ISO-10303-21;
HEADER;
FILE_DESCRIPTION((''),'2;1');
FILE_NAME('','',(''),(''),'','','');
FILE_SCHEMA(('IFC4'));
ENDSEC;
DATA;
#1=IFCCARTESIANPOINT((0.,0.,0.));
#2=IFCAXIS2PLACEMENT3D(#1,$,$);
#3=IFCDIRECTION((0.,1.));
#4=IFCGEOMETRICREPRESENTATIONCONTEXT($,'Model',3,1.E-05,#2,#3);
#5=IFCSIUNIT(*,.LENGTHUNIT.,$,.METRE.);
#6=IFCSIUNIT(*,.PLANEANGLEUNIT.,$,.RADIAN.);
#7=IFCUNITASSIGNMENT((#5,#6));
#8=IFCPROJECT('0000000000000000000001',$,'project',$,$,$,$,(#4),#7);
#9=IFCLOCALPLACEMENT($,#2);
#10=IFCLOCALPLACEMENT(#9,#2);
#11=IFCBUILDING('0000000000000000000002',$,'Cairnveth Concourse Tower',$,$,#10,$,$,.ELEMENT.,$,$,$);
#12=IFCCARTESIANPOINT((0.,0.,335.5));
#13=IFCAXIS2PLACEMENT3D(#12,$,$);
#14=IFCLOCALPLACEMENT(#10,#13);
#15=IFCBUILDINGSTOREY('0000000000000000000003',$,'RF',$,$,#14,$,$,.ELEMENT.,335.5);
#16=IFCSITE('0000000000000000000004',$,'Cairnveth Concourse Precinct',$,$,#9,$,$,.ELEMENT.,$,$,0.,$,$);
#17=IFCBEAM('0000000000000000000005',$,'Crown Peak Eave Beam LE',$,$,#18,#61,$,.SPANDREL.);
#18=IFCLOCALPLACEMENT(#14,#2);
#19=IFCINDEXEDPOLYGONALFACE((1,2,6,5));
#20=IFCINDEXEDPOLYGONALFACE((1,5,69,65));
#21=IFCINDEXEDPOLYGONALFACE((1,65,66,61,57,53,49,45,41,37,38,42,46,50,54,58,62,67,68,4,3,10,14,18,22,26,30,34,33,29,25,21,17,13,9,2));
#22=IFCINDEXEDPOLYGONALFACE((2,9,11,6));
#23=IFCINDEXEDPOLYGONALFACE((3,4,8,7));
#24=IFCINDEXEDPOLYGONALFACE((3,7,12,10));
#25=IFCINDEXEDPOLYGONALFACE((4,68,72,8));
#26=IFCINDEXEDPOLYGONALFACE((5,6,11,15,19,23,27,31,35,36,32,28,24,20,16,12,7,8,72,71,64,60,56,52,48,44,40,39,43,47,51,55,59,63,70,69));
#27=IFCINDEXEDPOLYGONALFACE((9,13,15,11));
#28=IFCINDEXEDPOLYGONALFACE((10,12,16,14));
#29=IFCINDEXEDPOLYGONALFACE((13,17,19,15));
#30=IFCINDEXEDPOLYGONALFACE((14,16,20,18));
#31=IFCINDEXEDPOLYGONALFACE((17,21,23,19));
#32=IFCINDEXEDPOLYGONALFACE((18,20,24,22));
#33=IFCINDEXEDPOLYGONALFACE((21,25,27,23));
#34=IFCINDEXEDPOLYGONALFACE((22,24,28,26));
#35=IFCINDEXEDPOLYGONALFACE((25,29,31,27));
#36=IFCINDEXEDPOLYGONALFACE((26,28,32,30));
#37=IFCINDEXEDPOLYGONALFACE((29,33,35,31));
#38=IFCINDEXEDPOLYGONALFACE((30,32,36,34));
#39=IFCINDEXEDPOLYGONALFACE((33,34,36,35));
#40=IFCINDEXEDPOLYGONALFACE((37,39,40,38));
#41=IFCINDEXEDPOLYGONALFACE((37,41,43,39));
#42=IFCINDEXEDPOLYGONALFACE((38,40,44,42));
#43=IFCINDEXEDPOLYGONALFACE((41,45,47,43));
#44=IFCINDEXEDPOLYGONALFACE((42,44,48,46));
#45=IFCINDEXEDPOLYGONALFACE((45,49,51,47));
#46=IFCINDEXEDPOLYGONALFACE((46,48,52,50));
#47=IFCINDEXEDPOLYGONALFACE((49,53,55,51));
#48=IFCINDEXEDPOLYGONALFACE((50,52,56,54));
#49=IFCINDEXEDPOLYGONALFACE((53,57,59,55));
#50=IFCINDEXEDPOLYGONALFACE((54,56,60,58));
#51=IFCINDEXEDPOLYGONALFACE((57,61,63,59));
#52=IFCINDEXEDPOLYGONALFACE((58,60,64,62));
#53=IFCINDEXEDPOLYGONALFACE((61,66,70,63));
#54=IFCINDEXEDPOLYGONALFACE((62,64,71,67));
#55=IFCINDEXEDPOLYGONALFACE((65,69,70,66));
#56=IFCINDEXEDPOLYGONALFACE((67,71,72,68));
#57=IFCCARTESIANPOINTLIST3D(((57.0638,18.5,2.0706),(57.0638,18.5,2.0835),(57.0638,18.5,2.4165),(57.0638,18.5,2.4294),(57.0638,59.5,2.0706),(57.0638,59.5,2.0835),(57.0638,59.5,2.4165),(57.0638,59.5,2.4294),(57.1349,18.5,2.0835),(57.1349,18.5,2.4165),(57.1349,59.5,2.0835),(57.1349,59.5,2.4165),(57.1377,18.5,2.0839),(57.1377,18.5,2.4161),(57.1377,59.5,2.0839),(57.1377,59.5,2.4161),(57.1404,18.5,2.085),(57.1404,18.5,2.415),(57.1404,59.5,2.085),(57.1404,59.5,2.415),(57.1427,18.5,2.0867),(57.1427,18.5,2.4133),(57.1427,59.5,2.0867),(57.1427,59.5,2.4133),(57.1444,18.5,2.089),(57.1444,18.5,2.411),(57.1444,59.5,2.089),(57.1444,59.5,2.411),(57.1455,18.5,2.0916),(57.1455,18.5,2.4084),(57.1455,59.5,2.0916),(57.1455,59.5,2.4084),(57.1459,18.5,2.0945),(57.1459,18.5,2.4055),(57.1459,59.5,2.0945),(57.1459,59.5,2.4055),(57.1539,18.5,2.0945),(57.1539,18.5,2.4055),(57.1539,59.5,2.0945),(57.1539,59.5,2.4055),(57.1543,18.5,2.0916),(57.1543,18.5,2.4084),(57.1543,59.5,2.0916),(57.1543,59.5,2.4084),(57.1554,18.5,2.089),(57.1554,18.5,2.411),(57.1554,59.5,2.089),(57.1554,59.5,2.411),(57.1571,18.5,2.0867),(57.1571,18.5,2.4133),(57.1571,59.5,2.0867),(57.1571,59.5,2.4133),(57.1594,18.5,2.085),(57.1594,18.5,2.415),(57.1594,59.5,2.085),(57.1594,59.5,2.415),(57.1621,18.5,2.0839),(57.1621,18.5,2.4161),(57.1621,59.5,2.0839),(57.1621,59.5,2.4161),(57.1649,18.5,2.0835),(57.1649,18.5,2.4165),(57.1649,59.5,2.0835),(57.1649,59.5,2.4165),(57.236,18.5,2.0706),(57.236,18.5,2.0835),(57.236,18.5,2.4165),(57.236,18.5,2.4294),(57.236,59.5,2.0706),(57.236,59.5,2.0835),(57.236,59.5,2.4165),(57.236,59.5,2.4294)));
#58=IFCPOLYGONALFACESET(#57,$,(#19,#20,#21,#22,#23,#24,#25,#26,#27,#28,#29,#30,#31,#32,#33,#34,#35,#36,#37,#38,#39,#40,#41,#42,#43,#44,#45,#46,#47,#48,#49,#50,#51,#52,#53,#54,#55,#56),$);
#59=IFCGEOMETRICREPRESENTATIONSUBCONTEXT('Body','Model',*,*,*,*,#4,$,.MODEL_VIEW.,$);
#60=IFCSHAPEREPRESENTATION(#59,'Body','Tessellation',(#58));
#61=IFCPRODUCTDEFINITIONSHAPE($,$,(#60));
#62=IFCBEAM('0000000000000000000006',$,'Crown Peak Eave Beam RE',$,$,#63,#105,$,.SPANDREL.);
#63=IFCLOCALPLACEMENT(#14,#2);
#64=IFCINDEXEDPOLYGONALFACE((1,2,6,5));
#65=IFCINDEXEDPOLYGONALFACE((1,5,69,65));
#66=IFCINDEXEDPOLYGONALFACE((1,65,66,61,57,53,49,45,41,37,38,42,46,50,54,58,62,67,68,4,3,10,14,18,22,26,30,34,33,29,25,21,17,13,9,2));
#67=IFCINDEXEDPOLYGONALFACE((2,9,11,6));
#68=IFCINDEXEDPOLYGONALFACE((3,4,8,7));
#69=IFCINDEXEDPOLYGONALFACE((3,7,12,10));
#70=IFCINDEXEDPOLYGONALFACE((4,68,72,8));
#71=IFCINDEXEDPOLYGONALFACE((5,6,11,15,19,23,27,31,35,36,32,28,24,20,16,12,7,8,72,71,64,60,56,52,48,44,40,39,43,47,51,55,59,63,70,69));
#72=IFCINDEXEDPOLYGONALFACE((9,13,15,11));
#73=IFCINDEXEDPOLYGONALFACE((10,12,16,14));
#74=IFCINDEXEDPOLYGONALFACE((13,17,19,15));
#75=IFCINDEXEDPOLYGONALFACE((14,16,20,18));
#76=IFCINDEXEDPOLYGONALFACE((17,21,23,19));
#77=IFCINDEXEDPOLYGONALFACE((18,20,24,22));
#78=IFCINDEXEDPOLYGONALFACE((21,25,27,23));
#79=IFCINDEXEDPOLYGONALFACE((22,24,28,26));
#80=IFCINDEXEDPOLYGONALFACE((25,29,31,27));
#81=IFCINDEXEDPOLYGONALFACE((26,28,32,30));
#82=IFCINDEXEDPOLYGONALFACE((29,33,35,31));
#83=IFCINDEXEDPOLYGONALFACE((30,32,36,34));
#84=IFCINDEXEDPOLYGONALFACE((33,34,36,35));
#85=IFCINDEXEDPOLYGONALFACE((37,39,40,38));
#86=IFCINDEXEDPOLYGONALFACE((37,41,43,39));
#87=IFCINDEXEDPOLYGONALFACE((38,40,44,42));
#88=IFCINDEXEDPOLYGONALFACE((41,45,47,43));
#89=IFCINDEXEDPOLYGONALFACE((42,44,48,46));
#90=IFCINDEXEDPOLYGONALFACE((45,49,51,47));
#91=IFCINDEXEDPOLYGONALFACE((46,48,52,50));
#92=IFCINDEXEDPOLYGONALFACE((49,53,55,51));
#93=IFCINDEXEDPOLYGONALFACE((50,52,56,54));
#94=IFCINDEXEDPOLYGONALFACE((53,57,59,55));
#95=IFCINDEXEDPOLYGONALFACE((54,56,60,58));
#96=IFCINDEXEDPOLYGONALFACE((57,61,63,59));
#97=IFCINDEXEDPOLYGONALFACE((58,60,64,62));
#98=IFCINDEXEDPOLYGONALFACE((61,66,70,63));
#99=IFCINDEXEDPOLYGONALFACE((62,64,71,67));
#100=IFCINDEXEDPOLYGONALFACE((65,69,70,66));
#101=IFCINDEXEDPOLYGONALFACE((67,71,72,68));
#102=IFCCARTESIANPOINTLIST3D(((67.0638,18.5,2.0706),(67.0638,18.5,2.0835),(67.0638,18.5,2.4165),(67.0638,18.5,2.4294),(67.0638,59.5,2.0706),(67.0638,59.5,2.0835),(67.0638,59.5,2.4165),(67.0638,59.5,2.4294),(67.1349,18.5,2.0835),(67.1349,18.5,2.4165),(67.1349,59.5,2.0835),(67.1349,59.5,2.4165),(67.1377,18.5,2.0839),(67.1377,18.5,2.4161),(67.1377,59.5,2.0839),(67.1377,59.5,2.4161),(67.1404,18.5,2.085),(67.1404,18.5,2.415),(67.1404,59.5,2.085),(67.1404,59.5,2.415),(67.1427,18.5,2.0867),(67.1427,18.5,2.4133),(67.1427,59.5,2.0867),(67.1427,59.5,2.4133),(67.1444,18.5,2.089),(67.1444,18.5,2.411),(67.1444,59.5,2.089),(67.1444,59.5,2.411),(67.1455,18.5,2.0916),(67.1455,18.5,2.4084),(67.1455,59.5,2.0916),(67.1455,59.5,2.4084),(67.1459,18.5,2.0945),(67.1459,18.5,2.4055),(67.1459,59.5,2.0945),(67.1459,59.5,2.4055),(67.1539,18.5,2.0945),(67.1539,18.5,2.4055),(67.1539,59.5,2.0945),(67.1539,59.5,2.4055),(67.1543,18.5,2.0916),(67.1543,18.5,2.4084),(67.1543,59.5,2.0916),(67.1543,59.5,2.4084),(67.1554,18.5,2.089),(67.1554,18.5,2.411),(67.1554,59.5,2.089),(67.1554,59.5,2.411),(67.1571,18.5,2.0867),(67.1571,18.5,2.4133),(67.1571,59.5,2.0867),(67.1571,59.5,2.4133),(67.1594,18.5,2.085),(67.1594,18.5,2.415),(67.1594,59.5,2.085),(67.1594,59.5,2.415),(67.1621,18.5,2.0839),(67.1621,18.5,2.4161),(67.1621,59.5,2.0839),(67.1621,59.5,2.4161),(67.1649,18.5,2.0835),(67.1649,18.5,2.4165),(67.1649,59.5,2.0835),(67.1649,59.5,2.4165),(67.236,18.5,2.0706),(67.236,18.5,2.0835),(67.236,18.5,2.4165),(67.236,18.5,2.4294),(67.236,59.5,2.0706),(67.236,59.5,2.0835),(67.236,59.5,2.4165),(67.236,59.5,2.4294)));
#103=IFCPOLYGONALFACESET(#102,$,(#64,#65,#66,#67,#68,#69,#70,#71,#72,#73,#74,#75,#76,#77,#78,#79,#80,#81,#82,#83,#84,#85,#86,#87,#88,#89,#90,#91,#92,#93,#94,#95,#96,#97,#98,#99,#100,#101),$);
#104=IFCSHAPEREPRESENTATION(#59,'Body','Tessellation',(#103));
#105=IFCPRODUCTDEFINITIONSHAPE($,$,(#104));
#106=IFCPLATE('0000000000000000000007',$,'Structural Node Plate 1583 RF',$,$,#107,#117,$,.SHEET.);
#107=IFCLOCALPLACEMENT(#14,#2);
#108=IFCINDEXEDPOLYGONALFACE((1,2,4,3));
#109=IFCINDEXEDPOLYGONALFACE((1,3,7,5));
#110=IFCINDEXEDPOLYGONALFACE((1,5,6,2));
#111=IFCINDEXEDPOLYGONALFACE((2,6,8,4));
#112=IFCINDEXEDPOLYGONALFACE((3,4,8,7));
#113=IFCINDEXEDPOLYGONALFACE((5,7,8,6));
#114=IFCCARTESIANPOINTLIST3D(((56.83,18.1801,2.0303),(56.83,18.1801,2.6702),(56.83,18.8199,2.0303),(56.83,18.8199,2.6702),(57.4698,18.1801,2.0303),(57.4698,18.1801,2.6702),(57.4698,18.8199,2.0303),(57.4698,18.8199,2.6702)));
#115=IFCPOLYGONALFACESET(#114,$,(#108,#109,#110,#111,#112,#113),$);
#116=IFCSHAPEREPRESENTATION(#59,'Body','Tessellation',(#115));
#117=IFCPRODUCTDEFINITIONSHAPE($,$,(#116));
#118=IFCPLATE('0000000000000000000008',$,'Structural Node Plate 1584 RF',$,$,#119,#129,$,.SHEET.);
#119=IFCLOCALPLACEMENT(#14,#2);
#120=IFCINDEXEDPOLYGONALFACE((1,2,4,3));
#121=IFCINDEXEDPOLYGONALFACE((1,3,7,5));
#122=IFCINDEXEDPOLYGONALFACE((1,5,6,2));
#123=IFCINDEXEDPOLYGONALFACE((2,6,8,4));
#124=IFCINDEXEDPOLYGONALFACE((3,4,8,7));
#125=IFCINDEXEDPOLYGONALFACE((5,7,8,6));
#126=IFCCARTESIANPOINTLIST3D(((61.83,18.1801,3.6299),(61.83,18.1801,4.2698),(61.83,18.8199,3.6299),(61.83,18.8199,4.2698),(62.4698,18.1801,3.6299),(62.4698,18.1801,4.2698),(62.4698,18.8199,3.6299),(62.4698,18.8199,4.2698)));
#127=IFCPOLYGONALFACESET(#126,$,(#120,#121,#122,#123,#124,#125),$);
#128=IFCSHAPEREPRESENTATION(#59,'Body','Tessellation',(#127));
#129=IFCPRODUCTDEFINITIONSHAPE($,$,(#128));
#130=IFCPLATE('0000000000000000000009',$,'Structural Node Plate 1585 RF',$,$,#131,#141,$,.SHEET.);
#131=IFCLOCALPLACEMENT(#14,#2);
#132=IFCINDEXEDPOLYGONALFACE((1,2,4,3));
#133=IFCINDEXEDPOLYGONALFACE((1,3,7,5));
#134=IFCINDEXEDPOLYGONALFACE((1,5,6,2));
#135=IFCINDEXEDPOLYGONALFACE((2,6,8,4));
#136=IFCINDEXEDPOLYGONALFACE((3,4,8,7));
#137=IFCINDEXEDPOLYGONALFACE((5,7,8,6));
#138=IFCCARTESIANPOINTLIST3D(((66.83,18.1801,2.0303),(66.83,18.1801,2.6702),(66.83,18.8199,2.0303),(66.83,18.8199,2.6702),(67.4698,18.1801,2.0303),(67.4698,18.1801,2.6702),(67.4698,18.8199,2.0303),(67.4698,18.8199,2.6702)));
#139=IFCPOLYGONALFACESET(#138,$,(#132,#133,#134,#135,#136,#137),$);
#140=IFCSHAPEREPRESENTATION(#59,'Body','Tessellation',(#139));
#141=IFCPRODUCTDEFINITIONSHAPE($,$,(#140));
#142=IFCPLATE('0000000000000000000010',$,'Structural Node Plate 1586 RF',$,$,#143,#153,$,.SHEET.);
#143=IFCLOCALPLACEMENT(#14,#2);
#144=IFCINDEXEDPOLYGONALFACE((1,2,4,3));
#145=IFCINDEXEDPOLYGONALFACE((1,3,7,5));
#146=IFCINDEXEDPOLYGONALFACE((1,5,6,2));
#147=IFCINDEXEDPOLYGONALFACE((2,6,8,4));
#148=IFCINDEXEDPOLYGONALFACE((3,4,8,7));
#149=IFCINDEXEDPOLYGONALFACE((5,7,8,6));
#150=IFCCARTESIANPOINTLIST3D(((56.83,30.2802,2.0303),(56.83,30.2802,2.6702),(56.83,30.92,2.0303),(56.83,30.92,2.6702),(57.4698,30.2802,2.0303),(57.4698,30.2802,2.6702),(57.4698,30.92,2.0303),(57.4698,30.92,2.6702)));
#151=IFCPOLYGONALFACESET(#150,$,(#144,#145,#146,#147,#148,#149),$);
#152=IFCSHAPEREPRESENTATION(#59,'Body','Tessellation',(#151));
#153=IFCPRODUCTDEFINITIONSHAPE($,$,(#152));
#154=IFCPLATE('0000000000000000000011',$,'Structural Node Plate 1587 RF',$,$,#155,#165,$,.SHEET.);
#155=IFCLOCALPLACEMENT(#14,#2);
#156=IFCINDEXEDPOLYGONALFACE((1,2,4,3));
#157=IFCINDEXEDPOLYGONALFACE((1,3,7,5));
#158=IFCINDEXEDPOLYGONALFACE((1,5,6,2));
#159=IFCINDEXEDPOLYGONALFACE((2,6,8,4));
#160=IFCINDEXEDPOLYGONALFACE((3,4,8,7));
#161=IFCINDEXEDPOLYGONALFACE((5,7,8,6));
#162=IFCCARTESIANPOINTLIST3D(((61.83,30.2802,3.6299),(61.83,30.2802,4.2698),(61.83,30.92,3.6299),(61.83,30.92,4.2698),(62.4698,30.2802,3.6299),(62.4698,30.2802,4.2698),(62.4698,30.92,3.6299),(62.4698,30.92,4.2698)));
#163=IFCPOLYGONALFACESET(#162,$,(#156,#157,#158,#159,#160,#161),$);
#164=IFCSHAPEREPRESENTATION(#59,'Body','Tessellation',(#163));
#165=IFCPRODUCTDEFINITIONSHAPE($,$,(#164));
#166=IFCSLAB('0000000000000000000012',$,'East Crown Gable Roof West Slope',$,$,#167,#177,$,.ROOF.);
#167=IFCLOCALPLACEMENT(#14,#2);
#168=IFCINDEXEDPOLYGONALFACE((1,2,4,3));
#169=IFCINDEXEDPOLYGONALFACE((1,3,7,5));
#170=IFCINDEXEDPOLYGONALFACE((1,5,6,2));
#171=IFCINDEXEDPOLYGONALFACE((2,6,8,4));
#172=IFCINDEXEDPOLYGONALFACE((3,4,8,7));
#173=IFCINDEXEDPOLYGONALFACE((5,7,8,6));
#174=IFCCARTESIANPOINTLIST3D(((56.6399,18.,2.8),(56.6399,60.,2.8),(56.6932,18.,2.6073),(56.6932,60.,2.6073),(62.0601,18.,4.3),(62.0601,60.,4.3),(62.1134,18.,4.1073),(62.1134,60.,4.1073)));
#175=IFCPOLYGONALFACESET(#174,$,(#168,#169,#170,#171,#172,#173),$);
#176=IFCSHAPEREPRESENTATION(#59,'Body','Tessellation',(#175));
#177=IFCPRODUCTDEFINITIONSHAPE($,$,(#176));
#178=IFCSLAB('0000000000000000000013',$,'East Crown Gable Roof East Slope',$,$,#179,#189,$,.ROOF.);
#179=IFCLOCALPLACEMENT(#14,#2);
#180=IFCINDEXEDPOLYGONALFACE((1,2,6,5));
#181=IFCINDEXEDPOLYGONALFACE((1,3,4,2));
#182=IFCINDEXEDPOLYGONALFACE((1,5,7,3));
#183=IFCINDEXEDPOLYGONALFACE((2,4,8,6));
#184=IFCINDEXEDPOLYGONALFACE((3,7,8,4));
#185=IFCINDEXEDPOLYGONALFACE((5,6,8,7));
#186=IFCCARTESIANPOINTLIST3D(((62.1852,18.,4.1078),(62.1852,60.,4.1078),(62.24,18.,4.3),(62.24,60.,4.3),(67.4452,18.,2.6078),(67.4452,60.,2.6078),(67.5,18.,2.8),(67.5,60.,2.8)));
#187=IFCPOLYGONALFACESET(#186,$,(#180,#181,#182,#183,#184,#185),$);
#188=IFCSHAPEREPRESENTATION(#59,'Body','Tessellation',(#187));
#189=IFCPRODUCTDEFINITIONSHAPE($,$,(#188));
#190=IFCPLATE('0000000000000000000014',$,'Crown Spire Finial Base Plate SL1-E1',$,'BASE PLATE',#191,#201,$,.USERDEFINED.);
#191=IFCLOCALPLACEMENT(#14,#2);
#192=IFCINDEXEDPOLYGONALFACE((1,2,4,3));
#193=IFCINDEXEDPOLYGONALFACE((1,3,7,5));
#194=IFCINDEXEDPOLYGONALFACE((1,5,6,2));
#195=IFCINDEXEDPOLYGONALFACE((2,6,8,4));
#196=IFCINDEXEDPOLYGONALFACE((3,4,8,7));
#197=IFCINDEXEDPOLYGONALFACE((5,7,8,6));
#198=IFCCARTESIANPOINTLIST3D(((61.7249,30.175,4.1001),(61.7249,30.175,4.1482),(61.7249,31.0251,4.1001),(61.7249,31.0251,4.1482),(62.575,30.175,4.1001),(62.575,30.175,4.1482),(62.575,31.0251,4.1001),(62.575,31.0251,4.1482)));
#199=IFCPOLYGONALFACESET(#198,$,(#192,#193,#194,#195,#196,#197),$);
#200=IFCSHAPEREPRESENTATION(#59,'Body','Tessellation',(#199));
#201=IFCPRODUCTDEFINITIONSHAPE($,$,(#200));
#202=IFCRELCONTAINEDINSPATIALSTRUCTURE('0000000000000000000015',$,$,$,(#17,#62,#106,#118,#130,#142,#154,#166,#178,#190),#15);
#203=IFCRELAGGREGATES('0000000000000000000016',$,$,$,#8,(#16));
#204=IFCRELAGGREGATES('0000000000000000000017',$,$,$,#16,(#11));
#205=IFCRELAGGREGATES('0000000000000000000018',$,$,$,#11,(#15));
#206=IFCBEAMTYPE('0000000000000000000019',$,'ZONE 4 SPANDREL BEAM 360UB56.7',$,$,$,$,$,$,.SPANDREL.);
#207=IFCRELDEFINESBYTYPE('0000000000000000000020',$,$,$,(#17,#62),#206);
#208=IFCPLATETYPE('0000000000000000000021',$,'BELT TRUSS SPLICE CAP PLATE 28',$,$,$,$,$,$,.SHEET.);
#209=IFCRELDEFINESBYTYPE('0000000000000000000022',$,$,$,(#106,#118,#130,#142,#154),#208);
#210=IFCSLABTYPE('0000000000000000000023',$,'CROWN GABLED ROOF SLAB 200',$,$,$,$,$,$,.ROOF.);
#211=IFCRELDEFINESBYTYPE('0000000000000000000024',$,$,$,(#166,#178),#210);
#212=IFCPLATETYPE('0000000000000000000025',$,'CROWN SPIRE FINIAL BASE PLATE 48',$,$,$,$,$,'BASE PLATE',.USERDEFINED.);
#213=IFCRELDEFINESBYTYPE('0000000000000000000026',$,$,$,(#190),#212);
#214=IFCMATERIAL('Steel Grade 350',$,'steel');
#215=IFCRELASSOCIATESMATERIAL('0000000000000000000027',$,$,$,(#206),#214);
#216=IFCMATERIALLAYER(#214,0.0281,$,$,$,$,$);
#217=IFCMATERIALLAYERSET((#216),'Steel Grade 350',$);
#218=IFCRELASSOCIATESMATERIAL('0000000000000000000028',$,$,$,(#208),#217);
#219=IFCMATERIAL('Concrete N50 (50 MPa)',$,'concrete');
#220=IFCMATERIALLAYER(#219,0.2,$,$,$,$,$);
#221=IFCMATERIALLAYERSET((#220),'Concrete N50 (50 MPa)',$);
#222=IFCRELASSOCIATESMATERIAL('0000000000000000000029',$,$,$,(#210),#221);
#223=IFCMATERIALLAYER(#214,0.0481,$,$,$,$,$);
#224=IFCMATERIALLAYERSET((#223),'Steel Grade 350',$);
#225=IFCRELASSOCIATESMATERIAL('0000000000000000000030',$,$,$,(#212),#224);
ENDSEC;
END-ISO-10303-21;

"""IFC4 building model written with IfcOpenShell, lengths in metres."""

from ifc_helpers import new_model, si_unit, direction, frame, origin, origin_2d, place, context, subcontext, project, spatial, polyline, rectangle, i_section, outline, extrude, material, layer, layer_set, material_profile, profile_set, type_object, element, save


model = new_model("IFC4")

# Units and contexts
model_context = context("Model", 3, precision=1e-05, world=origin(), true_north=direction((0.0, 1.0)))
body_context = subcontext(model_context, "Body", "Model", "MODEL_VIEW")
ifc_project = project(units=[si_unit("LENGTHUNIT", "METRE"), si_unit("PLANEANGLEUNIT", "RADIAN")], contexts=[model_context])

# Site, building, storey
site_placement = place(None, origin())
site = spatial("IfcSite", under=ifc_project, at=site_placement, Name="Cairnveth Concourse Precinct", CompositionType="ELEMENT", RefElevation=0.0)
building_placement = place(site_placement, origin())
building = spatial("IfcBuilding", under=site, at=building_placement, Name="Cairnveth Concourse Tower", CompositionType="ELEMENT")
storey_placement = place(building_placement, frame((0.0, 0.0, 335.5)))
storey = spatial("IfcBuildingStorey", under=building, at=storey_placement, Name="RF", CompositionType="ELEMENT", Elevation=335.5)

# Shared definitions
ifc_material_1 = material(Name="Steel Grade 350", Category="steel")

# Beams
ifc_material_profile_1 = material_profile(ifc_material_1, i_section(OverallWidth=0.1721, OverallDepth=0.3589, WebThickness=0.0081, FlangeThickness=0.0129, FilletRadius=0.011, at=origin_2d()), Name="360UB56.7")
ifc_profile_set_1 = profile_set([ifc_material_profile_1], Name="Steel Grade 350")
beam_type_1 = type_object("IfcBeamType", Name="ZONE 4 SPANDREL BEAM 360UB56.7", PredefinedType="SPANDREL", material=ifc_profile_set_1)
for number, where, z_axis, x_axis, name in (
    (1, (57.1499, 18.5, 2.25), (0.0, 1.0, 0.0), (-1.0, 0.0, 0.0), "Crown Peak Eave Beam LE"),
    (2, (67.1499, 18.5, 2.25), (0.0, 1.0, 0.0), (-1.0, 0.0, 0.0), "Crown Peak Eave Beam RE"),
):
    element("IfcBeam", number, at=place(storey_placement, frame(where, z_axis=z_axis, x_axis=x_axis)), inside=storey, type_object=beam_type_1, Name=name, PredefinedType="SPANDREL", context=body_context, shape_type="SweptSolid", body=[
        extrude(i_section(OverallWidth=0.1721, OverallDepth=0.3589, WebThickness=0.0081, FlangeThickness=0.0129, FilletRadius=0.011, at=origin_2d()), origin(), (0.0, 0.0, 1.0), 41.0),
    ])

# Plates
ifc_layer_1 = layer(ifc_material_1, 0.0281)
ifc_layer_set_1 = layer_set([ifc_layer_1], Name="Steel Grade 350")
plate_type_1 = type_object("IfcPlateType", Name="BELT TRUSS SPLICE CAP PLATE 28", PredefinedType="SHEET", material=ifc_layer_set_1)
for number, where, z_axis, x_axis, name in (
    (3, (57.1499, 18.5, 2.0303), (0.0, 0.0, 1.0), (1.0, 0.0, 0.0), "Structural Node Plate 1583 RF"),
    (4, (62.1499, 18.5, 3.6299), (0.0, 0.0, 1.0), (1.0, 0.0, 0.0), "Structural Node Plate 1584 RF"),
    (5, (67.1499, 18.5, 2.0303), (0.0, 0.0, 1.0), (1.0, 0.0, 0.0), "Structural Node Plate 1585 RF"),
    (6, (57.1499, 30.6001, 2.0303), (0.0, 0.0, 1.0), (1.0, 0.0, 0.0), "Structural Node Plate 1586 RF"),
    (7, (62.1499, 30.6001, 3.6299), (0.0, 0.0, 1.0), (1.0, 0.0, 0.0), "Structural Node Plate 1587 RF"),
):
    element("IfcPlate", number, at=place(storey_placement, frame(where, z_axis=z_axis, x_axis=x_axis)), inside=storey, type_object=plate_type_1, Name=name, PredefinedType="SHEET", context=body_context, shape_type="SweptSolid", body=[
        extrude(rectangle(XDim=0.6399, YDim=0.6399, at=origin_2d()), origin(), (0.0, 0.0, 1.0), 0.6399),
    ])

# Slabs
ifc_material_2 = material(Name="Concrete N50 (50 MPa)", Category="concrete")
ifc_layer_2 = layer(ifc_material_2, 0.2)
ifc_layer_set_2 = layer_set([ifc_layer_2], Name="Concrete N50 (50 MPa)")
slab_type = type_object("IfcSlabType", Name="CROWN GABLED ROOF SLAB 200", PredefinedType="ROOF", material=ifc_layer_set_2)
slab_1_placement = place(storey_placement, frame((56.6399, 18.0, 2.8), z_axis=(-0.266719, 0.0, 0.963774), x_axis=(0.963774, 0.0, 0.266719)))
element("IfcSlab", 8, at=slab_1_placement, inside=storey, type_object=slab_type, Name="East Crown Gable Roof West Slope", PredefinedType="ROOF", context=body_context, shape_type="SweptSolid", body=[
    extrude(outline(polyline([(0.0, 0.0), (5.6239, 0.0), (5.6239, 42.0), (0.0, 42.0), (0.0, 0.0)])), origin(), (0.0, 0.0, -1.0), 0.2),
])
slab_2_placement = place(storey_placement, frame((62.24, 18.0, 4.3), z_axis=(0.274238, 0.0, 0.961662), x_axis=(0.961662, 0.0, -0.274238)))
element("IfcSlab", 9, at=slab_2_placement, inside=storey, type_object=slab_type, Name="East Crown Gable Roof East Slope", PredefinedType="ROOF", context=body_context, shape_type="SweptSolid", body=[
    extrude(outline(polyline([(0.0, 0.0), (5.4697, 0.0), (5.4697, 42.0), (0.0, 42.0), (0.0, 0.0)])), origin(), (0.0, 0.0, -1.0), 0.2),
])

# Plate
ifc_layer_3 = layer(ifc_material_1, 0.0481)
ifc_layer_set_3 = layer_set([ifc_layer_3], Name="Steel Grade 350")
plate_type_2 = type_object("IfcPlateType", Name="CROWN SPIRE FINIAL BASE PLATE 48", ElementType="BASE PLATE", PredefinedType="USERDEFINED", material=ifc_layer_set_3)
plate_1_placement = place(storey_placement, frame((62.1499, 30.6001, 4.1001), z_axis=(0.0, 0.0, 1.0), x_axis=(1.0, 0.0, 0.0)))
element("IfcPlate", 10, at=plate_1_placement, inside=storey, type_object=plate_type_2, Name="Crown Spire Finial Base Plate SL1-E1", ObjectType="BASE PLATE", PredefinedType="USERDEFINED", context=body_context, shape_type="SweptSolid", body=[
    extrude(rectangle(XDim=0.8501, YDim=0.8501, at=origin_2d()), origin(), (0.0, 0.0, 1.0), 0.0481),
])

save(model, "model.ifc")
